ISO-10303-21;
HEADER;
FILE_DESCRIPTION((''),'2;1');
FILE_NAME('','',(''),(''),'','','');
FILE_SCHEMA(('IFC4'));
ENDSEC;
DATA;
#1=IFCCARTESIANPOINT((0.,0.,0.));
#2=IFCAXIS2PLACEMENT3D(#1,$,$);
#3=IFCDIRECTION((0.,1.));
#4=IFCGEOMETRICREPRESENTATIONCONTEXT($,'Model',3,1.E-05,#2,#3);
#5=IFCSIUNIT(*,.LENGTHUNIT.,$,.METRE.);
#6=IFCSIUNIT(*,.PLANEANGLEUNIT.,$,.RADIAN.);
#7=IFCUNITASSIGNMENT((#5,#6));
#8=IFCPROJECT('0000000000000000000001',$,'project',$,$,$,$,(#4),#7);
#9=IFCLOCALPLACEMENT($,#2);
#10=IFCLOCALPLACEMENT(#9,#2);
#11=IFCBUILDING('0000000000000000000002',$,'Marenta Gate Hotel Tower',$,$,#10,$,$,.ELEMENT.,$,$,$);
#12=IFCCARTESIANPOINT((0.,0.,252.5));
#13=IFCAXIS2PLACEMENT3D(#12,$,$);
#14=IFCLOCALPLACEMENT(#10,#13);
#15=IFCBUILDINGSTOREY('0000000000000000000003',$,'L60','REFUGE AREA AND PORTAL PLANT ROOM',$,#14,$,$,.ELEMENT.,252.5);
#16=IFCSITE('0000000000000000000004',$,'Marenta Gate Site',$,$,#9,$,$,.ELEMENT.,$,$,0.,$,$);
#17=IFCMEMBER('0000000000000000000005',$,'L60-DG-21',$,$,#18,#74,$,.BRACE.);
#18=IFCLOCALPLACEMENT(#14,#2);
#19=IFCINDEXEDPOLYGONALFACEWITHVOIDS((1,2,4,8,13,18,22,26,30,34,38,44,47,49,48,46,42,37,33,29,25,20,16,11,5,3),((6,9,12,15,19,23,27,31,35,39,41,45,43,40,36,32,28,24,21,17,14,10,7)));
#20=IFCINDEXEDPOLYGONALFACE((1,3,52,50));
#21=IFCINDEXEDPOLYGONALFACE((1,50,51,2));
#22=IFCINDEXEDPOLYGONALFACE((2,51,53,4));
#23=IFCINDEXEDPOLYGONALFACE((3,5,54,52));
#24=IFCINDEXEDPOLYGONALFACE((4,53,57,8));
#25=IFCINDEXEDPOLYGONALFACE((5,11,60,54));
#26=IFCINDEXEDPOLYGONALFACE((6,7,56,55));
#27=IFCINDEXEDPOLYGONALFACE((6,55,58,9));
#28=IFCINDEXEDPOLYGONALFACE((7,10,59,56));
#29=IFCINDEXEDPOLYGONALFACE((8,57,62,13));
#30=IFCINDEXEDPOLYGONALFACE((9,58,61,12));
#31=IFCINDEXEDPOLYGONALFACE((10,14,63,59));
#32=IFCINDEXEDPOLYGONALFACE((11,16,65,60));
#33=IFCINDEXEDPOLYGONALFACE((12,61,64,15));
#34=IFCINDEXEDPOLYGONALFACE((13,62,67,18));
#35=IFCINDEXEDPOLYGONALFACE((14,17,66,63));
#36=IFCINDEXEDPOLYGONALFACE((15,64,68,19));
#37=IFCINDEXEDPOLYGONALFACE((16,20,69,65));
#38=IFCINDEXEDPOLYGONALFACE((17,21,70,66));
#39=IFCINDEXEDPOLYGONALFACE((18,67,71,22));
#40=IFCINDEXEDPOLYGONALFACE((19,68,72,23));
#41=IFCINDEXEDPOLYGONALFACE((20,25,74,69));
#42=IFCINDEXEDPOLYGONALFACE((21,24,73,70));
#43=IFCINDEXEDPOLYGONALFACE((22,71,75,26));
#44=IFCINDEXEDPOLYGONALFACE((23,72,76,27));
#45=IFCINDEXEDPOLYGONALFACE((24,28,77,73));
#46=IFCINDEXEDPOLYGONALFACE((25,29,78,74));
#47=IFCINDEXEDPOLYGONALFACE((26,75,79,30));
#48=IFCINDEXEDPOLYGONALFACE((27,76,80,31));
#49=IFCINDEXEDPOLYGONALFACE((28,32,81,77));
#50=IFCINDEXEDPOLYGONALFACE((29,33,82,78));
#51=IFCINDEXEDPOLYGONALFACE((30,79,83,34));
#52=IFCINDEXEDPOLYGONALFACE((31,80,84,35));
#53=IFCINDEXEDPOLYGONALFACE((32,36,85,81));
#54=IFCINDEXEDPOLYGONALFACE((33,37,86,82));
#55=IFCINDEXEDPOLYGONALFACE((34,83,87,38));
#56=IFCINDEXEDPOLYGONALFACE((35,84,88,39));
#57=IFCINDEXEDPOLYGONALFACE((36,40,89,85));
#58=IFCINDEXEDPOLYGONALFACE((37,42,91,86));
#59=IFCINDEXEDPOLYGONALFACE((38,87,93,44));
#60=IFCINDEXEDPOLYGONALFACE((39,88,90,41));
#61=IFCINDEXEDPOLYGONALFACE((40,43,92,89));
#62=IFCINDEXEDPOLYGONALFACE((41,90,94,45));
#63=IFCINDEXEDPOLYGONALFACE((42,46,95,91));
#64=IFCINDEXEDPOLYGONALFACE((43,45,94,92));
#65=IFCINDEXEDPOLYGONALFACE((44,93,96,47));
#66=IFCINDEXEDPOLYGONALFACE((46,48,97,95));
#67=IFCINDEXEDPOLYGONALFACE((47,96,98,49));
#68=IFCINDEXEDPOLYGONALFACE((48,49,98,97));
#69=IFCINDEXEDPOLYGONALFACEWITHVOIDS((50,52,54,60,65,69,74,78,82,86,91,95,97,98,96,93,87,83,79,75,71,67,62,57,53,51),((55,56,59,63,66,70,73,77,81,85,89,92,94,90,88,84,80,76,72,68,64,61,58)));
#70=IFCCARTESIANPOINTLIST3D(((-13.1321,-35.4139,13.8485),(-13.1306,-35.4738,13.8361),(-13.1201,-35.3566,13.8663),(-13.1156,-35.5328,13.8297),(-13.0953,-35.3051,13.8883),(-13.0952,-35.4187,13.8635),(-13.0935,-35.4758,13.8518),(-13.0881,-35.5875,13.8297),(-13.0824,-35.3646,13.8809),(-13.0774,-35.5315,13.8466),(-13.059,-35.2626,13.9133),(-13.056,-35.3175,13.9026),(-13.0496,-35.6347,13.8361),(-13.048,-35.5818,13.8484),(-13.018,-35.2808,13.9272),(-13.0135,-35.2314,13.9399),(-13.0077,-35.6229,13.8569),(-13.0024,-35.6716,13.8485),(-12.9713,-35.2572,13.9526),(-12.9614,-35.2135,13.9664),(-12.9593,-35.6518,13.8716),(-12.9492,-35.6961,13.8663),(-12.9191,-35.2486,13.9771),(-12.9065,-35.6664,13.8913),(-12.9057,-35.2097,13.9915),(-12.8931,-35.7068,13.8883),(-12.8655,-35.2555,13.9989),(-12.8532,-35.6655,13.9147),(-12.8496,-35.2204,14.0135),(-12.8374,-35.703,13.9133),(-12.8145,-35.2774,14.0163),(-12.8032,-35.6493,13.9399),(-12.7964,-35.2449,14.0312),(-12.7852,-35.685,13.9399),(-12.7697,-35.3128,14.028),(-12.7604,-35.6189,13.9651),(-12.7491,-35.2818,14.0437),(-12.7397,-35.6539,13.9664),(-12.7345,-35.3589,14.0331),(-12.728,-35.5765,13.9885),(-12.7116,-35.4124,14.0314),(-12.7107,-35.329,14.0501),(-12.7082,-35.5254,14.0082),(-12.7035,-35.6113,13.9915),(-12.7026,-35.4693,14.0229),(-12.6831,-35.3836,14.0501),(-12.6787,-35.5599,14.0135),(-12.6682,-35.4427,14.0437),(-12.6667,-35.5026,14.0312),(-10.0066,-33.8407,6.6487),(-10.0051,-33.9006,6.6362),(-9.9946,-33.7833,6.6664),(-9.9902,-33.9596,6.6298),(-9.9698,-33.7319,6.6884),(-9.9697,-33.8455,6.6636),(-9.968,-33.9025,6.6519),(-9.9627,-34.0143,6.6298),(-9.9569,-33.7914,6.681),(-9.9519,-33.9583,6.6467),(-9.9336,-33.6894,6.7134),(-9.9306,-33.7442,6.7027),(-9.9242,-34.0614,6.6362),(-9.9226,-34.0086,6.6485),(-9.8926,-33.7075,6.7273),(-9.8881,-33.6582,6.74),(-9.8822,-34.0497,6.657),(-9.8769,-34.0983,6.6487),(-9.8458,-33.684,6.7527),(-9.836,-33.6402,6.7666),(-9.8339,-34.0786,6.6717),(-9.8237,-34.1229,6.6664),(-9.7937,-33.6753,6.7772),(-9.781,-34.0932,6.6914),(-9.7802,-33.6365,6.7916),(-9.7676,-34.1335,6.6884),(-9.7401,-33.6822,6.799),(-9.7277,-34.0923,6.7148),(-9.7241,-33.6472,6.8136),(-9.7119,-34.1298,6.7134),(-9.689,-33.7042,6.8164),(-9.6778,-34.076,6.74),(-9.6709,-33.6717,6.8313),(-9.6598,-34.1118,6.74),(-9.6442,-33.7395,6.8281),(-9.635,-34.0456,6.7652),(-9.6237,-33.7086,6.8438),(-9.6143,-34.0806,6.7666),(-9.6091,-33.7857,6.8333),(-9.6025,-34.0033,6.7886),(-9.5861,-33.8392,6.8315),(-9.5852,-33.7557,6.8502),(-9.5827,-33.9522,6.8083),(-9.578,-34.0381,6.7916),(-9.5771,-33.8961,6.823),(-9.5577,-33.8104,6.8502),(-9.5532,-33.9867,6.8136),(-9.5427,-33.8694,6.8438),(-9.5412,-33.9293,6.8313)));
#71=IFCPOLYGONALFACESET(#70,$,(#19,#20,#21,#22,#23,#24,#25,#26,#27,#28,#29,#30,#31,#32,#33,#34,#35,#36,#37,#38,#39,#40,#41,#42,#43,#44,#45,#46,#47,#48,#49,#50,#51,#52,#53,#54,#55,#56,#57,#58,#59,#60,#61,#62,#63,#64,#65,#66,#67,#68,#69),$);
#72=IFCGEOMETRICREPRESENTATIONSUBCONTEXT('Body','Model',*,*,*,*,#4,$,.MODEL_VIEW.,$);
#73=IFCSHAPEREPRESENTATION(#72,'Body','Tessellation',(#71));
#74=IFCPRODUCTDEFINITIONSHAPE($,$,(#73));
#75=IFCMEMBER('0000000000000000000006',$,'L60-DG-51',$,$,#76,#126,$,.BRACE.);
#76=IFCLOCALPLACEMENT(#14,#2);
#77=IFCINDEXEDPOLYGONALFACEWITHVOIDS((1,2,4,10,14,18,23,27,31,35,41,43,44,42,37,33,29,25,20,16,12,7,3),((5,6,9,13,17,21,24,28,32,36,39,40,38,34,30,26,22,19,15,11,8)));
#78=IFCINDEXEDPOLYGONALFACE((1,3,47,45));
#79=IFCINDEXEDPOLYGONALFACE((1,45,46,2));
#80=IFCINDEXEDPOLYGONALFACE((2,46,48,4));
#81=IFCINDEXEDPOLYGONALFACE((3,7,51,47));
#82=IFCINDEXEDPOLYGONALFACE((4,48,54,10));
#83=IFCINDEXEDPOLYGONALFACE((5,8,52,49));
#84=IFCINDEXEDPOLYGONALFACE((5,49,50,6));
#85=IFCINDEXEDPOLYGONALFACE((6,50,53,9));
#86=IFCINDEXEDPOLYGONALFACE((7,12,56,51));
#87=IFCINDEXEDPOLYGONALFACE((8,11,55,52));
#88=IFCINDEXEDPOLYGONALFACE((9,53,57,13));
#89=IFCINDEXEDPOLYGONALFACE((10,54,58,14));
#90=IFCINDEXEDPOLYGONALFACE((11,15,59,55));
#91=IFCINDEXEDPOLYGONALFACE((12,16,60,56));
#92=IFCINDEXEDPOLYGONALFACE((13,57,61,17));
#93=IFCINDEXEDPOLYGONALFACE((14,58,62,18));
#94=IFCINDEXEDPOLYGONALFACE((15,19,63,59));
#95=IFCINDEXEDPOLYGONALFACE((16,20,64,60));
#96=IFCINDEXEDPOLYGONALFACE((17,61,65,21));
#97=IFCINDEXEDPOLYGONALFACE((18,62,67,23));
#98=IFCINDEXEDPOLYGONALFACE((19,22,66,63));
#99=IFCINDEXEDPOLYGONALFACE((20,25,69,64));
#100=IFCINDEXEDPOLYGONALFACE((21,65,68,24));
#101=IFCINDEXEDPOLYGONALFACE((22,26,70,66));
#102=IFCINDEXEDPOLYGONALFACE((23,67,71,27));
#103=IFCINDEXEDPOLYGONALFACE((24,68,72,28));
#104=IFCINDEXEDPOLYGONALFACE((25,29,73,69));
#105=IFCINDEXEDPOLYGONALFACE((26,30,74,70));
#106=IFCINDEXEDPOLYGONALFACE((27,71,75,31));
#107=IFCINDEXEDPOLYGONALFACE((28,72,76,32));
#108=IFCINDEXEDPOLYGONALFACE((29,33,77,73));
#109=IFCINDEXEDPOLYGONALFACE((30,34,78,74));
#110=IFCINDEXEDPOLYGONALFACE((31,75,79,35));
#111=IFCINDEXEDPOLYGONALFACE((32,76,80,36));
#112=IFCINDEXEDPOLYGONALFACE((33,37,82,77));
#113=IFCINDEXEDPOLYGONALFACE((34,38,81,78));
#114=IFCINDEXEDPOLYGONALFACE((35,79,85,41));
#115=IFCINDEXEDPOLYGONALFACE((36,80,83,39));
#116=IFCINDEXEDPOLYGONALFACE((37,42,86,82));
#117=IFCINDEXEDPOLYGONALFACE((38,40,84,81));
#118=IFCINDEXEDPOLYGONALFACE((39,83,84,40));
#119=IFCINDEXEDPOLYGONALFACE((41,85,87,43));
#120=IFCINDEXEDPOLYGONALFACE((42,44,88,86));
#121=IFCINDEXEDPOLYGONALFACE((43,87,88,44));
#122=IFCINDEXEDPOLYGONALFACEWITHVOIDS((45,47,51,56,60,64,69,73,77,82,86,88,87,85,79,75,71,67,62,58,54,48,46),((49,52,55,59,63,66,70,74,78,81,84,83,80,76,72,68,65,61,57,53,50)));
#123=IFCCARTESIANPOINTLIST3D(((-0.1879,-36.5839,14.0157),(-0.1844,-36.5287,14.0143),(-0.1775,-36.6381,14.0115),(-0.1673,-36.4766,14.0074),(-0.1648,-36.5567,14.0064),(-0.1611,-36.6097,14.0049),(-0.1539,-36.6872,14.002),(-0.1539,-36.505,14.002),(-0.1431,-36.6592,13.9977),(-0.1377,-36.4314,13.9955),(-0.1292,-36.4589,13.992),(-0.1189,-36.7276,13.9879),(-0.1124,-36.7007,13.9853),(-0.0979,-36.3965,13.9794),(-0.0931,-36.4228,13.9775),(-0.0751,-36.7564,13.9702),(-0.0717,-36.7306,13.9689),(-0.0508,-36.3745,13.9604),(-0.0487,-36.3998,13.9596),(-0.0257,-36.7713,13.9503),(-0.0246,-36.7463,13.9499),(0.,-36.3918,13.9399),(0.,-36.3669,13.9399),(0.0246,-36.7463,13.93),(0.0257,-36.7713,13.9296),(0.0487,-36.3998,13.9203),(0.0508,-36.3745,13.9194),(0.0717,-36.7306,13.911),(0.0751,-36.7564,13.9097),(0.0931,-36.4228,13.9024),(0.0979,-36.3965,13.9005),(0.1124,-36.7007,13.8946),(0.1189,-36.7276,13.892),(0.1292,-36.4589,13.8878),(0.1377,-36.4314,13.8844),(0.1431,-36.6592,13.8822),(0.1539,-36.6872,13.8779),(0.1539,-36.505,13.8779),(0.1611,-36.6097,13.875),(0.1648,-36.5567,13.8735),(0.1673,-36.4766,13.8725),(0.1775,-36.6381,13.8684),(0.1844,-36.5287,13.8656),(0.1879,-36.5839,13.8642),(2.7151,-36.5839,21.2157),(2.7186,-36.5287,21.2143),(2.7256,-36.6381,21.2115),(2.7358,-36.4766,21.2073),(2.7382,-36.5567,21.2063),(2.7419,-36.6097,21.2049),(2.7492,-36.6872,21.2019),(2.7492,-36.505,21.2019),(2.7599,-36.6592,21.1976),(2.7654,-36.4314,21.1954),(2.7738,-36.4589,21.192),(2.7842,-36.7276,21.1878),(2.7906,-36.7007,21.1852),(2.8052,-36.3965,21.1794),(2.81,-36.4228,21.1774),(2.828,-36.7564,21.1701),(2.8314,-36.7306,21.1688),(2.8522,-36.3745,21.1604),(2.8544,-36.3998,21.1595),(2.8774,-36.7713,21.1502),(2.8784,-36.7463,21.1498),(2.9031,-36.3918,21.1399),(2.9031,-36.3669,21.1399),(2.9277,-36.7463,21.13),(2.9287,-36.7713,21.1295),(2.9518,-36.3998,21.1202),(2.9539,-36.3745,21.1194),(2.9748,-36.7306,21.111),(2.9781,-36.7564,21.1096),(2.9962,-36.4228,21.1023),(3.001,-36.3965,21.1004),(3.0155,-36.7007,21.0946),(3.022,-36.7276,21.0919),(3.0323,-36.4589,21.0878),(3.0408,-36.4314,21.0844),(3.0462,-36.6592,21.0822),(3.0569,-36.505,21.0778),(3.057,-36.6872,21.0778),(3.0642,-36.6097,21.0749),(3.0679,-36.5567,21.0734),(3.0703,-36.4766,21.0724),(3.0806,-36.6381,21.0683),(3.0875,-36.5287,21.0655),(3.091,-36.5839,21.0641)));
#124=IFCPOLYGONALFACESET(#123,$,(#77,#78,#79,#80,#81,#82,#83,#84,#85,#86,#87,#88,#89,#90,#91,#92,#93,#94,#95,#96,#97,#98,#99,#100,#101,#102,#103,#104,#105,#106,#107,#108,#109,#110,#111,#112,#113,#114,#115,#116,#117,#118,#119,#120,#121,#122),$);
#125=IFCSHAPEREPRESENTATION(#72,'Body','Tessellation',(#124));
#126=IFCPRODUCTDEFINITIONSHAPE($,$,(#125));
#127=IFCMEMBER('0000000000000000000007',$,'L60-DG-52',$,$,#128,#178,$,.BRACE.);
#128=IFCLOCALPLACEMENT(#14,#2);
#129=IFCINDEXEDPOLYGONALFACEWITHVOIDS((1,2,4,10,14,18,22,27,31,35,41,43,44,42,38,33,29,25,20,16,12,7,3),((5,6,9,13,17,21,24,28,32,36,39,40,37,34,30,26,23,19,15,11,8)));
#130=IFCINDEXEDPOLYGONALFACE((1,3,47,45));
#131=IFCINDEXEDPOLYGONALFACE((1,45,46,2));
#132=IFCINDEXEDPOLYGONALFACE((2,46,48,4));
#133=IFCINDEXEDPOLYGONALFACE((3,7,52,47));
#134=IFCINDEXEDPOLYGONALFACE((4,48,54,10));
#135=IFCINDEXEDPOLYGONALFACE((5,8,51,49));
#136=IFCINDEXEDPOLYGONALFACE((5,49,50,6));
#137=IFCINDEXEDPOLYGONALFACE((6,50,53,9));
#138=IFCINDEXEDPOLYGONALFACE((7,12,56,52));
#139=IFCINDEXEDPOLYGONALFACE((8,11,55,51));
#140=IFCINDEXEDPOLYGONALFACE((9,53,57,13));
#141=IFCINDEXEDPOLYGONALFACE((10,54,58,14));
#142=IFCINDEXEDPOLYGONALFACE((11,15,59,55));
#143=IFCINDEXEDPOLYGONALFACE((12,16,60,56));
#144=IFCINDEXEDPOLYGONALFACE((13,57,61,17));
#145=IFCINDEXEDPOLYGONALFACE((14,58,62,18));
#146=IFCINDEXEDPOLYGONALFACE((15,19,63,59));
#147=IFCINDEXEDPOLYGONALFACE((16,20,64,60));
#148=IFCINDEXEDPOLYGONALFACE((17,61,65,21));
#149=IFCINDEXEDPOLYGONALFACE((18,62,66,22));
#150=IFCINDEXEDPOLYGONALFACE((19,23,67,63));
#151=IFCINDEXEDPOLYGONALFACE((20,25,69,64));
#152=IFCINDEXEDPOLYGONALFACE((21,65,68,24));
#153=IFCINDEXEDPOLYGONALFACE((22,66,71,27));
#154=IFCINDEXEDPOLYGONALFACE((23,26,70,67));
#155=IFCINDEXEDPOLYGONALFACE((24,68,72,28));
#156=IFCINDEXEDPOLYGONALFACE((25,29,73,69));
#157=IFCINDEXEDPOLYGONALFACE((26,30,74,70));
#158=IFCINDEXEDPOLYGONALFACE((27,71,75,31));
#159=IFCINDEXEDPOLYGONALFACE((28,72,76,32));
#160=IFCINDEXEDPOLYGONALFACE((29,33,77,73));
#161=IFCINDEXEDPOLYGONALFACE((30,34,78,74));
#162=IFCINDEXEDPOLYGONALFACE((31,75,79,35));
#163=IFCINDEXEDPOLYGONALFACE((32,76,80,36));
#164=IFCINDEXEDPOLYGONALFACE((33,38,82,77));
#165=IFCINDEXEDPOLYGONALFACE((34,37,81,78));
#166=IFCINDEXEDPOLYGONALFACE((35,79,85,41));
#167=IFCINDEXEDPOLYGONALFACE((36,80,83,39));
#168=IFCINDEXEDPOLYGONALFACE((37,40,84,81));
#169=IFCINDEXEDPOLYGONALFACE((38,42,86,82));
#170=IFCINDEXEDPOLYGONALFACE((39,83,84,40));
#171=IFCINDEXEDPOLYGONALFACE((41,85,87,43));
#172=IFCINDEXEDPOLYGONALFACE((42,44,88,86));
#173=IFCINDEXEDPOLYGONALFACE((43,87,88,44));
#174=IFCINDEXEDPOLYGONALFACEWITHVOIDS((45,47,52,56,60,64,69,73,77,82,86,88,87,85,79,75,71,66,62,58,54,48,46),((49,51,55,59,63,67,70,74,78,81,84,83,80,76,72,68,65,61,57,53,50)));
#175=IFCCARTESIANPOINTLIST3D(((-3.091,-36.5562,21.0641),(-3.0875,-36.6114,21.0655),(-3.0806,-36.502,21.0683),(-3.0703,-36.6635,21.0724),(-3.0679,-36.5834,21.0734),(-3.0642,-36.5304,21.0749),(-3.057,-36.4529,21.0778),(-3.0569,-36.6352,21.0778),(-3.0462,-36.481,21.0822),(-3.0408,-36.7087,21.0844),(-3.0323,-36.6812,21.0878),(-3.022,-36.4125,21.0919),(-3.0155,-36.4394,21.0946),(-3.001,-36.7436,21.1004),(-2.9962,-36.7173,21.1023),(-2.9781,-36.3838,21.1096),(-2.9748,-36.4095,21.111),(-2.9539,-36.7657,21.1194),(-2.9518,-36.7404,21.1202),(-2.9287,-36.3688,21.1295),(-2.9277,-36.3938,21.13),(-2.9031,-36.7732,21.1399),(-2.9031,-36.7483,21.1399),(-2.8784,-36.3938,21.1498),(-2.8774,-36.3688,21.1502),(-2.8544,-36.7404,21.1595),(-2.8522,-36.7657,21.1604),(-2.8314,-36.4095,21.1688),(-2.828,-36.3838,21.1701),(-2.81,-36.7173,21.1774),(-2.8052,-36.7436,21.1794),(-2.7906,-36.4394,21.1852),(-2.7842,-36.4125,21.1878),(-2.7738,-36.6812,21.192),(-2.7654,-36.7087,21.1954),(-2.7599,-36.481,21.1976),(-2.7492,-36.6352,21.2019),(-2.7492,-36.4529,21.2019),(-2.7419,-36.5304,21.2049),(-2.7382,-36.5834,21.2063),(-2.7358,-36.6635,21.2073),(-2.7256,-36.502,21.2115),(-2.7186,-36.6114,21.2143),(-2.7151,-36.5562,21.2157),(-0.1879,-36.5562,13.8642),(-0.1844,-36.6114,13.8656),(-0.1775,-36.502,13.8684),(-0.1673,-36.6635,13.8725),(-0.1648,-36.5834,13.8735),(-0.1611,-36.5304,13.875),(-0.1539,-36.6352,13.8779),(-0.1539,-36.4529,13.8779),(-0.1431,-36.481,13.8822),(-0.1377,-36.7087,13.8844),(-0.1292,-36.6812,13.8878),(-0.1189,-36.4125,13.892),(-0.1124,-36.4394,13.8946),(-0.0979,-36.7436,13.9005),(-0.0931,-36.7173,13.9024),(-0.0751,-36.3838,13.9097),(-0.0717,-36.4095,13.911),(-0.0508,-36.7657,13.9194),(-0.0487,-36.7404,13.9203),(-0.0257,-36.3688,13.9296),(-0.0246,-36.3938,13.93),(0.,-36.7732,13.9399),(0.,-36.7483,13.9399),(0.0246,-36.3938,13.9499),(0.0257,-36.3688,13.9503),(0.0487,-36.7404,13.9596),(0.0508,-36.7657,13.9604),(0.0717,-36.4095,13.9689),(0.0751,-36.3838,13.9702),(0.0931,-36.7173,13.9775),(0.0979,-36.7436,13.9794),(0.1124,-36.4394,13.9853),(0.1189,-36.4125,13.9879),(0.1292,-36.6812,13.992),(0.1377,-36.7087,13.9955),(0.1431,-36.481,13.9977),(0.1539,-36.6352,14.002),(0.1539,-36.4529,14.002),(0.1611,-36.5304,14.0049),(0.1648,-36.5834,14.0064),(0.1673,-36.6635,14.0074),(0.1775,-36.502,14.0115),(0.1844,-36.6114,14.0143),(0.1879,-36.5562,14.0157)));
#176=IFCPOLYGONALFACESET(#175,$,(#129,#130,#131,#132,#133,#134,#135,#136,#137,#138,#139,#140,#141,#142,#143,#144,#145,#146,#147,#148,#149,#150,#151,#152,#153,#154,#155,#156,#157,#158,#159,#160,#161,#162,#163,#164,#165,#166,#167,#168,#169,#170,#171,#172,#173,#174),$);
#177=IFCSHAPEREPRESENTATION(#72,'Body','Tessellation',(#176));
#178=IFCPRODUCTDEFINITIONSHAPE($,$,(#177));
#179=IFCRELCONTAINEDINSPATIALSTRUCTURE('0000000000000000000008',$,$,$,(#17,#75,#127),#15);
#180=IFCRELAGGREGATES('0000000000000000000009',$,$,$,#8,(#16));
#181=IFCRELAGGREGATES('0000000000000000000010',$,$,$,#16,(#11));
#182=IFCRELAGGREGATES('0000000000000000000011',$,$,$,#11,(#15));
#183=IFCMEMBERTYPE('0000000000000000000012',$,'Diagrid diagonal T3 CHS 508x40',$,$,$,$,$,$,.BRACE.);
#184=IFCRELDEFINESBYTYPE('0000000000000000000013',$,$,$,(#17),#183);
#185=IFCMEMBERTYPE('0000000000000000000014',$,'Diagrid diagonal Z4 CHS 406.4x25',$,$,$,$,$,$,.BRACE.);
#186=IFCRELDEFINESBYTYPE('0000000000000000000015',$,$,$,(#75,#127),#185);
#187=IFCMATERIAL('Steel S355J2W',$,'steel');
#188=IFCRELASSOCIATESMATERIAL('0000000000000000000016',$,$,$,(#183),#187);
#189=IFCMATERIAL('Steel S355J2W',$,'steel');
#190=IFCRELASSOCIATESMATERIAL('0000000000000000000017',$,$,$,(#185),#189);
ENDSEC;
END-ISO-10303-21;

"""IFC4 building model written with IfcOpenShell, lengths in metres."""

from ifc_helpers import new_model, si_unit, direction, frame, origin, origin_2d, place, context, subcontext, project, spatial, hollow_circle, extrude, material, material_profile, profile_set, type_object, element, save


model = new_model("IFC4")

# Units and contexts
model_context = context("Model", 3, precision=1e-05, world=origin(), true_north=direction((0.0, 1.0)))
body_context = subcontext(model_context, "Body", "Model", "MODEL_VIEW")
ifc_project = project(units=[si_unit("LENGTHUNIT", "METRE"), si_unit("PLANEANGLEUNIT", "RADIAN")], contexts=[model_context])

# Site, building, storey
site_placement = place(None, origin())
site = spatial("IfcSite", under=ifc_project, at=site_placement, Name="Marenta Gate Site", CompositionType="ELEMENT", RefElevation=0.0)
building_placement = place(site_placement, origin())
building = spatial("IfcBuilding", under=site, at=building_placement, Name="Marenta Gate Hotel Tower", CompositionType="ELEMENT")
storey_placement = place(building_placement, frame((0.0, 0.0, 252.5)))
storey = spatial("IfcBuildingStorey", under=building, at=storey_placement, Name="L60", Description="REFUGE AREA AND PORTAL PLANT ROOM", CompositionType="ELEMENT", Elevation=252.5)

# Members
ifc_material_1 = material(Name="Steel S355J2W", Category="steel")
ifc_material_profile_1 = material_profile(ifc_material_1, hollow_circle(Radius=0.2539, WallThickness=0.04, at=origin_2d()), Name="CHS 508x40")
ifc_profile_set_1 = profile_set([ifc_material_profile_1], Name="Steel S355J2W")
member_type_1 = type_object("IfcMemberType", Name="Diagrid diagonal T3 CHS 508x40", PredefinedType="BRACE", material=ifc_profile_set_1)
member_1_placement = place(storey_placement, frame((-9.7739, -33.885, 6.74), z_axis=(-0.390433, -0.196528, 0.89941), x_axis=(0.449612, -0.893224, 0.0)))
element("IfcMember", 1, at=member_1_placement, inside=storey, type_object=member_type_1, Name="L60-DG-21", PredefinedType="BRACE", context=body_context, shape_type="SweptSolid", body=[
    extrude(hollow_circle(Radius=0.2539, WallThickness=0.04, at=origin_2d()), origin(), (0.0, 0.0, 1.0), 8.0051),
])
ifc_material_2 = material(Name="Steel S355J2W", Category="steel")
ifc_material_profile_2 = material_profile(ifc_material_2, hollow_circle(Radius=0.2031, WallThickness=0.0249, at=origin_2d()), Name="CHS 406.4x25")
ifc_profile_set_2 = profile_set([ifc_material_profile_2], Name="Steel S355J2W")
member_type_2 = type_object("IfcMemberType", Name="Diagrid diagonal Z4 CHS 406.4x25", PredefinedType="BRACE", material=ifc_profile_set_2)
for number, where, z_axis, x_axis, name in (
    (2, (0.0, -36.5701, 13.9399), (0.373954, 0.0, 0.927447), (0.0, 1.0, 0.0), "L60-DG-51"),
    (3, (0.0, -36.5701, 13.9399), (-0.373954, 0.0, 0.927447), (0.0, -1.0, 0.0), "L60-DG-52"),
):
    element("IfcMember", number, at=place(storey_placement, frame(where, z_axis=z_axis, x_axis=x_axis)), inside=storey, type_object=member_type_2, Name=name, PredefinedType="BRACE", context=body_context, shape_type="SweptSolid", body=[
        extrude(hollow_circle(Radius=0.2031, WallThickness=0.0249, at=origin_2d()), origin(), (0.0, 0.0, 1.0), 7.7632),
    ])

save(model, "model.ifc")
